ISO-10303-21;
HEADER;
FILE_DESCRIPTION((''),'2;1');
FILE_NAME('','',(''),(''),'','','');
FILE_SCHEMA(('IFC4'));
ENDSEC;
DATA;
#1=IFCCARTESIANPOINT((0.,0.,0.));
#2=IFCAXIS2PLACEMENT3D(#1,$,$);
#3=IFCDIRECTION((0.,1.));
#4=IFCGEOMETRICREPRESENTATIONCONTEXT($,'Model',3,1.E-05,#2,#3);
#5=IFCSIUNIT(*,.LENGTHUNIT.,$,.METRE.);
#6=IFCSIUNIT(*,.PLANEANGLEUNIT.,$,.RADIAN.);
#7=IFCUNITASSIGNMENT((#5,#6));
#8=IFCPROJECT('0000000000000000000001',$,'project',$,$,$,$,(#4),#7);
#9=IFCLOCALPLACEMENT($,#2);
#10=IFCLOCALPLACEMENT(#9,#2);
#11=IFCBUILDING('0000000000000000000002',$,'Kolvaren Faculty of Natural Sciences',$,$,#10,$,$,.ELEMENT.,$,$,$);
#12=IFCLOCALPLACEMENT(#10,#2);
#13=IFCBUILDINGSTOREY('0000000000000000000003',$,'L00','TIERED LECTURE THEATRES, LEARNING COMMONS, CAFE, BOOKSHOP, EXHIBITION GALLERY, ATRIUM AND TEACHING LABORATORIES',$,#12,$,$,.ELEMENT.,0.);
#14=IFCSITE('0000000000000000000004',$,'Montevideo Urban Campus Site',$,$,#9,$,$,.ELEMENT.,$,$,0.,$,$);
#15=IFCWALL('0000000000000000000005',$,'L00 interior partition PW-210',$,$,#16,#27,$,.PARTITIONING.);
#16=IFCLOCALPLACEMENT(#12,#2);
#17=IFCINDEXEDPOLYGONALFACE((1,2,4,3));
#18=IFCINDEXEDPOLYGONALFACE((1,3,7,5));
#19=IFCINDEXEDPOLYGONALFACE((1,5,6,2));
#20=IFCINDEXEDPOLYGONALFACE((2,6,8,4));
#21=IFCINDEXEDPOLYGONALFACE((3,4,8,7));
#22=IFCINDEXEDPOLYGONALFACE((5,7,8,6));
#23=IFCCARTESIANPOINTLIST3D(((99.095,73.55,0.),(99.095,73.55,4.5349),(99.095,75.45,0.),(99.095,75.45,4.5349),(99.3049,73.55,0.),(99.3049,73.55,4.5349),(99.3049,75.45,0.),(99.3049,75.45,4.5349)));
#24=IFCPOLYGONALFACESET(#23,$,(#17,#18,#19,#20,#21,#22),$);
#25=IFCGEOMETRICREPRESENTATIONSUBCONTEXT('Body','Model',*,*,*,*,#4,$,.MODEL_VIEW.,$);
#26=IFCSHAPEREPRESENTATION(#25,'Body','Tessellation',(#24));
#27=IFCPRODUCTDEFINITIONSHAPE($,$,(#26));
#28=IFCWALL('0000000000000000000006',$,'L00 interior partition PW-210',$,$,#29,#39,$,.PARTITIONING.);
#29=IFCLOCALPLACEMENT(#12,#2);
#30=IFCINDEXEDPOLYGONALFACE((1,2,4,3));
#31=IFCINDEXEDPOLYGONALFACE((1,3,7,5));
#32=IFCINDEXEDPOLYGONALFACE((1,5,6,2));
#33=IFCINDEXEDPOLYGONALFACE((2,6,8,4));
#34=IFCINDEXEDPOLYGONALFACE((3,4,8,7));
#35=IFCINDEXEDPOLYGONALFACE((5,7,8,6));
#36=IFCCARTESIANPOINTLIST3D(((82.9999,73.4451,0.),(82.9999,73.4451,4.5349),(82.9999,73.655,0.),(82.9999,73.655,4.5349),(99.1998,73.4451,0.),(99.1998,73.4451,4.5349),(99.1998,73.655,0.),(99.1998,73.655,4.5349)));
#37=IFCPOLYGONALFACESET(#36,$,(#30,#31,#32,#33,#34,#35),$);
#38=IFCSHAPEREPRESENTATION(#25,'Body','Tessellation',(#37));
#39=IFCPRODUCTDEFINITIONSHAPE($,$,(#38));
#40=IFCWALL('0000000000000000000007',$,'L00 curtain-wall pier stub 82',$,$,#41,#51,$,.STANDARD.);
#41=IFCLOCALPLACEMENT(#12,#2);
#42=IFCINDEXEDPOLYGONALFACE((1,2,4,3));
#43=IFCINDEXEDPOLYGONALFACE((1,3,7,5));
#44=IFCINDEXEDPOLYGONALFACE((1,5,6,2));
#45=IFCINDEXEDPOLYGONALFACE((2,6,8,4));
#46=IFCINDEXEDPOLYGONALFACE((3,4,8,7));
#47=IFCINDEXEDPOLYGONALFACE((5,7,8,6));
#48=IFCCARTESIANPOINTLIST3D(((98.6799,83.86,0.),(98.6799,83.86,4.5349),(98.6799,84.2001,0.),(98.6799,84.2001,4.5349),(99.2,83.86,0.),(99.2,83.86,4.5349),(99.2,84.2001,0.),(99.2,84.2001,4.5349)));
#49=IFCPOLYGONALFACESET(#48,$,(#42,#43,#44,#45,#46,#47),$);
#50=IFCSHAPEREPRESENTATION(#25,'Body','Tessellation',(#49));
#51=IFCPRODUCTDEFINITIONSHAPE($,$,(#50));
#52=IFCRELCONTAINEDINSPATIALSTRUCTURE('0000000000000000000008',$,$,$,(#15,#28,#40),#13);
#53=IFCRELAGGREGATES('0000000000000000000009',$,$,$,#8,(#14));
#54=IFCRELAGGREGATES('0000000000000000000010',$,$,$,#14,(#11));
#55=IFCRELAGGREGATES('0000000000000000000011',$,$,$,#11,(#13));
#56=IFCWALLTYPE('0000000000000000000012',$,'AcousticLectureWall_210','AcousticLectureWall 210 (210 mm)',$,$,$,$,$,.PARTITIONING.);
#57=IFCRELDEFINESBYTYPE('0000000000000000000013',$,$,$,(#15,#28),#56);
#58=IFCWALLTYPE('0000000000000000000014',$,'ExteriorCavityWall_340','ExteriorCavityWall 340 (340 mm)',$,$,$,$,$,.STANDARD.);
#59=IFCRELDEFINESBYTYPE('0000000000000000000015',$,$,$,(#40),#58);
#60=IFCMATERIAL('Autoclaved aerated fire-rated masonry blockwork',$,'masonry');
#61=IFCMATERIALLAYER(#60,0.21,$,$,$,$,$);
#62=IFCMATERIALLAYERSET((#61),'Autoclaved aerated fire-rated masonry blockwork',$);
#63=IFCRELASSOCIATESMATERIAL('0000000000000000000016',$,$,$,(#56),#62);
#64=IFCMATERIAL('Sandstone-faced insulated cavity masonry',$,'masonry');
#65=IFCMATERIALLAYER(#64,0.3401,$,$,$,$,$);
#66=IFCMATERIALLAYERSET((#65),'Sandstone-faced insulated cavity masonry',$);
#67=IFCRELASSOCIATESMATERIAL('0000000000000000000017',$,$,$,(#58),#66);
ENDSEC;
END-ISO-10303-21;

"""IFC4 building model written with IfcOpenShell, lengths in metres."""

from ifc_helpers import new_model, si_unit, direction, frame, frame_2d, origin, place, context, subcontext, project, spatial, rectangle, extrude, material, layer, layer_set, type_object, element, save


model = new_model("IFC4")

# Units and contexts
model_context = context("Model", 3, precision=1e-05, world=origin(), true_north=direction((0.0, 1.0)))
body_context = subcontext(model_context, "Body", "Model", "MODEL_VIEW")
ifc_project = project(units=[si_unit("LENGTHUNIT", "METRE"), si_unit("PLANEANGLEUNIT", "RADIAN")], contexts=[model_context])

# Site, building, storey
site_placement = place(None, origin())
site = spatial("IfcSite", under=ifc_project, at=site_placement, Name="Montevideo Urban Campus Site", CompositionType="ELEMENT", RefElevation=0.0)
building_placement = place(site_placement, origin())
building = spatial("IfcBuilding", under=site, at=building_placement, Name="Kolvaren Faculty of Natural Sciences", CompositionType="ELEMENT")
storey_placement = place(building_placement, origin())
storey = spatial("IfcBuildingStorey", under=building, at=storey_placement, Name="L00", Description="TIERED LECTURE THEATRES, LEARNING COMMONS, CAFE, BOOKSHOP, EXHIBITION GALLERY, ATRIUM AND TEACHING LABORATORIES", CompositionType="ELEMENT", Elevation=0.0)

# Walls
ifc_material_1 = material(Name="Autoclaved aerated fire-rated masonry blockwork", Category="masonry")
ifc_layer_1 = layer(ifc_material_1, 0.21)
ifc_layer_set_1 = layer_set([ifc_layer_1], Name="Autoclaved aerated fire-rated masonry blockwork")
wall_type_1 = type_object("IfcWallType", Name="AcousticLectureWall_210", Description="AcousticLectureWall 210 (210 mm)", PredefinedType="PARTITIONING", material=ifc_layer_set_1)
wall_1_placement = place(storey_placement, frame((99.2, 75.45, 0.0), z_axis=(0.0, 0.0, 1.0), x_axis=(0.0, -1.0, 0.0)))
element("IfcWall", 1, at=wall_1_placement, inside=storey, type_object=wall_type_1, Name="L00 interior partition PW-210", PredefinedType="PARTITIONING", context=body_context, shape_type="SweptSolid", body=[
    extrude(rectangle(XDim=1.8999, YDim=0.21, at=frame_2d((0.95, 0.0))), origin(), (0.0, 0.0, 1.0), 4.5349),
])
wall_2_placement = place(storey_placement, frame((99.2, 73.55, 0.0), z_axis=(0.0, 0.0, 1.0), x_axis=(-1.0, 0.0, 0.0)))
element("IfcWall", 2, at=wall_2_placement, inside=storey, type_object=wall_type_1, Name="L00 interior partition PW-210", PredefinedType="PARTITIONING", context=body_context, shape_type="SweptSolid", body=[
    extrude(rectangle(XDim=16.2, YDim=0.21, at=frame_2d((8.1001, 0.0))), origin(), (0.0, 0.0, 1.0), 4.5349),
])
ifc_material_2 = material(Name="Sandstone-faced insulated cavity masonry", Category="masonry")
ifc_layer_2 = layer(ifc_material_2, 0.3401)
ifc_layer_set_2 = layer_set([ifc_layer_2], Name="Sandstone-faced insulated cavity masonry")
wall_type_2 = type_object("IfcWallType", Name="ExteriorCavityWall_340", Description="ExteriorCavityWall 340 (340 mm)", PredefinedType="STANDARD", material=ifc_layer_set_2)
wall_3_placement = place(storey_placement, frame((98.6799, 84.03, 0.0), z_axis=(0.0, 0.0, 1.0), x_axis=(1.0, 0.0, 0.0)))
element("IfcWall", 3, at=wall_3_placement, inside=storey, type_object=wall_type_2, Name="L00 curtain-wall pier stub 82", PredefinedType="STANDARD", context=body_context, shape_type="SweptSolid", body=[
    extrude(rectangle(XDim=0.52, YDim=0.3401, at=frame_2d((0.26, 0.0))), origin(), (0.0, 0.0, 1.0), 4.5349),
])

save(model, "model.ifc")
